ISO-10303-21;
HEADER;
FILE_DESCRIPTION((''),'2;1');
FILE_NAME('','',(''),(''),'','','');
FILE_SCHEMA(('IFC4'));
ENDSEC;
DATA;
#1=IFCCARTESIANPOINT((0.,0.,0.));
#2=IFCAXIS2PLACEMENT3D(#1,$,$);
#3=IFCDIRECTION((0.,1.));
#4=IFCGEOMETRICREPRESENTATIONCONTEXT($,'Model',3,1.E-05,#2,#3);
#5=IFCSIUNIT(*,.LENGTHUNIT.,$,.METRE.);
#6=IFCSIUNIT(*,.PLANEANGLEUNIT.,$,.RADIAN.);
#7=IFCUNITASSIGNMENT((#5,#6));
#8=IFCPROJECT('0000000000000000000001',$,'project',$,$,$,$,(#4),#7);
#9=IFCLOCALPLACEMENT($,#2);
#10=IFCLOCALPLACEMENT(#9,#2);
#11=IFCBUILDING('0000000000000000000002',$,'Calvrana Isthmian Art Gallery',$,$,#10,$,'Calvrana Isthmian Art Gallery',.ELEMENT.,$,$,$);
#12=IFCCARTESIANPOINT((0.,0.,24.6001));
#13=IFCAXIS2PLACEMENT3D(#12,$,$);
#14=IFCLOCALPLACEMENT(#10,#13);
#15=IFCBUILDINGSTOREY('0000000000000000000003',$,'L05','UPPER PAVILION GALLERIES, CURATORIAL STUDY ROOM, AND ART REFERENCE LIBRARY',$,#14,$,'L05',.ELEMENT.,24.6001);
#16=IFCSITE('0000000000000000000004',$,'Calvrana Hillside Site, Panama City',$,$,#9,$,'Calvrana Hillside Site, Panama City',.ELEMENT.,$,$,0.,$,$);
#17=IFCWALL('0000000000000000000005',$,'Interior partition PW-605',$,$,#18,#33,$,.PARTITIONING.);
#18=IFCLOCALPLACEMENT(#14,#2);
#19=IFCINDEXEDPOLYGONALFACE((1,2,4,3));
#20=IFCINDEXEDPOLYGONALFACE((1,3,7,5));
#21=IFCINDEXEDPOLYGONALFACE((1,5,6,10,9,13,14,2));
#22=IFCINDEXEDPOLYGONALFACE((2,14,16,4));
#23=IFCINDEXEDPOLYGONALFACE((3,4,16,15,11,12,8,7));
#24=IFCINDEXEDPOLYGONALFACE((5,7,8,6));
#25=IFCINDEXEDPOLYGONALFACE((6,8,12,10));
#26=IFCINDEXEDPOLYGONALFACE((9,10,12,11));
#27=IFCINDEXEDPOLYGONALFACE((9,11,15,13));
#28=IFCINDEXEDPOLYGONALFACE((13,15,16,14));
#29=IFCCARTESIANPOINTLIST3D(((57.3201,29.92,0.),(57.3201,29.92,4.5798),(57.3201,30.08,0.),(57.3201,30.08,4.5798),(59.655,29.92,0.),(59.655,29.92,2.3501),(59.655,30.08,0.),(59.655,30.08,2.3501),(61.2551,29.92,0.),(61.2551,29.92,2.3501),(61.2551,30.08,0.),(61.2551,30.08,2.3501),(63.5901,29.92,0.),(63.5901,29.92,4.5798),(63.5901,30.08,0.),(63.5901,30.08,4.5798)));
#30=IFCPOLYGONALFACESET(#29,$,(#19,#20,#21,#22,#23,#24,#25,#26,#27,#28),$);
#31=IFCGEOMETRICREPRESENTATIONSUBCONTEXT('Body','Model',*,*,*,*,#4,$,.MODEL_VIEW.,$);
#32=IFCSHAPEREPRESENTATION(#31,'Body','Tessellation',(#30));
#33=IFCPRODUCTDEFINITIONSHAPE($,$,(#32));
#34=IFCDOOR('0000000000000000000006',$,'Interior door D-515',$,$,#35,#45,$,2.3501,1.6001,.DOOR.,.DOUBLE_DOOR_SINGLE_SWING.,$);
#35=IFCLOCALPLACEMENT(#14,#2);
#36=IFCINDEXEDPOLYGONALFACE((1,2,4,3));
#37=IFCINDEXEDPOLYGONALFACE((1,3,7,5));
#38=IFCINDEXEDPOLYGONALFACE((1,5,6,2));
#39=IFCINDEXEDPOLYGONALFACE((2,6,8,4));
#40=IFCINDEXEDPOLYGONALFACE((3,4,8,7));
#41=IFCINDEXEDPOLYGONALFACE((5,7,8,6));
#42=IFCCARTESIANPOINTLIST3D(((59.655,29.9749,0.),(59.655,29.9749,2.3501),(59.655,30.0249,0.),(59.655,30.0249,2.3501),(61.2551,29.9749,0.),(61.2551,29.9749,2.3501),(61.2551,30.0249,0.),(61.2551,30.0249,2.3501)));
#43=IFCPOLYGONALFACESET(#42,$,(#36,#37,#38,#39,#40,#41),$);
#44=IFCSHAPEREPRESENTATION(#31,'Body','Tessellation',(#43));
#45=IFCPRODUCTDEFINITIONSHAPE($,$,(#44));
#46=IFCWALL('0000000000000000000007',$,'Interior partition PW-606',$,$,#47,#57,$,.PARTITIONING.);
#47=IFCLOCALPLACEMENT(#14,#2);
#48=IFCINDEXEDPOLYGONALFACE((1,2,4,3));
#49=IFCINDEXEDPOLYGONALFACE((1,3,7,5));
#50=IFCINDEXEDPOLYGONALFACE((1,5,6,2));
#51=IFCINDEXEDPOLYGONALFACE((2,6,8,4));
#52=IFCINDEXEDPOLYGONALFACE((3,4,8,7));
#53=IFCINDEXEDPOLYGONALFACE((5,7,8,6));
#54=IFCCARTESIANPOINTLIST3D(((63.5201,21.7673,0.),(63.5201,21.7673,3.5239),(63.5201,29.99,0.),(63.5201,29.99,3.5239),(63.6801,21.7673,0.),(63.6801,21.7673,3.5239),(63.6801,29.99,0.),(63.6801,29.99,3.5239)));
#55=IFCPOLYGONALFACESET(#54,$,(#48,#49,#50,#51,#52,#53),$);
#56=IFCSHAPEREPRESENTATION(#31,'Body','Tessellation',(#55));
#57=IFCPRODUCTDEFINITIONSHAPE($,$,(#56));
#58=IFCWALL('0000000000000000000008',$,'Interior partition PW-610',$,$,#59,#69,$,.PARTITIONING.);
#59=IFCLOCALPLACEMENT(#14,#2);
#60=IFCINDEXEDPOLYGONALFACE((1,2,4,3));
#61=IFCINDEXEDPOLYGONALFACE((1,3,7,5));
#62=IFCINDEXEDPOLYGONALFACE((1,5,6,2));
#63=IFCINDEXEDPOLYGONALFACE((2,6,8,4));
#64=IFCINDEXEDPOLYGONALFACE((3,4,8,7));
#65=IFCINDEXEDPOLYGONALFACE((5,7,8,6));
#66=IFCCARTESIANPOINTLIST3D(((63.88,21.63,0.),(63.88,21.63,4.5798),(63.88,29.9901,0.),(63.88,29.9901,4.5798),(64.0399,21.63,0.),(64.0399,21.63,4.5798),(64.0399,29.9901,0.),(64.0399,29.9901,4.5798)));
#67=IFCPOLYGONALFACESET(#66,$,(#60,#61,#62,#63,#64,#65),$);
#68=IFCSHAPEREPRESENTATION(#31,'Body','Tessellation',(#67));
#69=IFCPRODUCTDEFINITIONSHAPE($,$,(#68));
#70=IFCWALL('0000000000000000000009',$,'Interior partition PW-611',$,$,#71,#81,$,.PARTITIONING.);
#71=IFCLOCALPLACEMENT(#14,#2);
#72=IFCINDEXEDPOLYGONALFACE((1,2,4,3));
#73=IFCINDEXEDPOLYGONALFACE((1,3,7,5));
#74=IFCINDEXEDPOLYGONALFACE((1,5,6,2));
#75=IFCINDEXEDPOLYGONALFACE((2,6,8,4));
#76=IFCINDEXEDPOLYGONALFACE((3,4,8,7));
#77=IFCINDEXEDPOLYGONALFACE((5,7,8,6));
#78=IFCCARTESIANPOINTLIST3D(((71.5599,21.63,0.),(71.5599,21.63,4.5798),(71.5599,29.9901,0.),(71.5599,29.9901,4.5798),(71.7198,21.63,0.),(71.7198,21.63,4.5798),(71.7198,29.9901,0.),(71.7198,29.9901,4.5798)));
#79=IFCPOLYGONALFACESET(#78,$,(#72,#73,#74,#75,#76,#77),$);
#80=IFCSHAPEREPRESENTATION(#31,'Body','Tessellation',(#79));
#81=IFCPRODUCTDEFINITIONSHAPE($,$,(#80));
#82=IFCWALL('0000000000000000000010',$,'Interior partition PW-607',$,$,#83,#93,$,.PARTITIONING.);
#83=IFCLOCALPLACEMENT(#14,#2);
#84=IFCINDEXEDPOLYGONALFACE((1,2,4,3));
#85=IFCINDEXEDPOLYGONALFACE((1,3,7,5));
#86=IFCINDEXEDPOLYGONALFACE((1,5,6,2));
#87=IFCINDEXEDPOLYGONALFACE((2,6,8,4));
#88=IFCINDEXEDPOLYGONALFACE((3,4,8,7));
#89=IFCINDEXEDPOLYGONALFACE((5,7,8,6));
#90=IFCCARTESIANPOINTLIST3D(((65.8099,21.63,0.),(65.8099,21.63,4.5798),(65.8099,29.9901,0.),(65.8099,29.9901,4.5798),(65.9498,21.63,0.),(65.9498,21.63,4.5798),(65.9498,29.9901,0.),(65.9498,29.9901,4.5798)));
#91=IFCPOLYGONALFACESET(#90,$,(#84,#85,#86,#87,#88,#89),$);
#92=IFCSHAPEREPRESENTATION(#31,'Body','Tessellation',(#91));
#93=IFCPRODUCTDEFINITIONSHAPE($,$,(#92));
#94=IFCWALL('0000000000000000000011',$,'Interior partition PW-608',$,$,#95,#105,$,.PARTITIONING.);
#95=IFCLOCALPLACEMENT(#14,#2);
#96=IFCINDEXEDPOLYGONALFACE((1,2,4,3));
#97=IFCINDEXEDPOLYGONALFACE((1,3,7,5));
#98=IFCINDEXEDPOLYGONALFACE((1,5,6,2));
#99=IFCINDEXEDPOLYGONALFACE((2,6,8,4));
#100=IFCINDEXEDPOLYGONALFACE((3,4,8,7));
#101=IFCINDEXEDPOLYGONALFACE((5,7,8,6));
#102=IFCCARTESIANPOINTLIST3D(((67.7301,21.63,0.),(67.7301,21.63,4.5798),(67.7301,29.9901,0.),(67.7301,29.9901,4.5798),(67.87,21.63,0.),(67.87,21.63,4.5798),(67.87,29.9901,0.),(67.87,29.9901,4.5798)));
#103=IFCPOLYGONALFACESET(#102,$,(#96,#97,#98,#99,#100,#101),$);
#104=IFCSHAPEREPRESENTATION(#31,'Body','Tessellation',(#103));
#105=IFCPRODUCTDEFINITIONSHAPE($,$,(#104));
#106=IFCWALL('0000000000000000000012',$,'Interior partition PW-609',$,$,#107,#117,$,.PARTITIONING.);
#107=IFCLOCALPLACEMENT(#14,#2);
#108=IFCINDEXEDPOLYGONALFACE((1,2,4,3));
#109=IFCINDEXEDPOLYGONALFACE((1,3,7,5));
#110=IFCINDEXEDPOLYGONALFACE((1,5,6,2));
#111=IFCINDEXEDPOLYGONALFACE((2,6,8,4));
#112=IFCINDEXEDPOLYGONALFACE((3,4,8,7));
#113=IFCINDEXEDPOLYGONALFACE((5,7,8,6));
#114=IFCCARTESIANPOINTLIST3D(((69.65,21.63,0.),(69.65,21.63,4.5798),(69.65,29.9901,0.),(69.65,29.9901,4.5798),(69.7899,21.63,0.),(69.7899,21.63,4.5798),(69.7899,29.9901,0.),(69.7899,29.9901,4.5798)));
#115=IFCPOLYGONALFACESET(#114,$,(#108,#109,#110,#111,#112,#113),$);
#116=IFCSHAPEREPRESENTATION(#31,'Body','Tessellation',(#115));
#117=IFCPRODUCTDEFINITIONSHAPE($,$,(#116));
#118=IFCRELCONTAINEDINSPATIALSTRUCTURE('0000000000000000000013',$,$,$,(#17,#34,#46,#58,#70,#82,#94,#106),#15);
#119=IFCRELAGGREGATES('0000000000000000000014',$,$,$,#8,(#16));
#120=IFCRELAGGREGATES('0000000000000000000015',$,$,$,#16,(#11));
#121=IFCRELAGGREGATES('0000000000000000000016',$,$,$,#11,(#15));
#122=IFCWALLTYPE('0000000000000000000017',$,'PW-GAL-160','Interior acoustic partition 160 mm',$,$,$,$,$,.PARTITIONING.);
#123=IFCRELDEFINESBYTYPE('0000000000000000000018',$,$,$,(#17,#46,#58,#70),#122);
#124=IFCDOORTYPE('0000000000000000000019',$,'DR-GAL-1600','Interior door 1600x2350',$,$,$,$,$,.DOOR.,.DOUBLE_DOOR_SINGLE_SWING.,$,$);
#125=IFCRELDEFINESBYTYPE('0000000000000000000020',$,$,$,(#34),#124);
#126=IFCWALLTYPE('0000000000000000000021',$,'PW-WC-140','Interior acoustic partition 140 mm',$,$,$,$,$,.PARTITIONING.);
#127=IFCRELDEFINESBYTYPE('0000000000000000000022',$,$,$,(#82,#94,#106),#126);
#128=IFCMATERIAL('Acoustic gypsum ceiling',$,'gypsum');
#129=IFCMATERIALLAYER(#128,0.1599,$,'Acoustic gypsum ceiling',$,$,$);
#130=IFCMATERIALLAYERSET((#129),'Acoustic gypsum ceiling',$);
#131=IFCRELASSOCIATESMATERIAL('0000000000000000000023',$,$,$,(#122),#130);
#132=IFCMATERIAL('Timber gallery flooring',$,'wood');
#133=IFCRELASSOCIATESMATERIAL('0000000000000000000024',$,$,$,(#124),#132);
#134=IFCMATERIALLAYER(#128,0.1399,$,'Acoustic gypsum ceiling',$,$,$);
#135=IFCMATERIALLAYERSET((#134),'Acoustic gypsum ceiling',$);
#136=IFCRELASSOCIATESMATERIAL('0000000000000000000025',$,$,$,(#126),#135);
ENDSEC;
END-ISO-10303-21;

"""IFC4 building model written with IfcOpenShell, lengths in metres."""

from ifc_helpers import new_model, si_unit, direction, frame, frame_2d, origin, place, context, subcontext, project, spatial, rectangle, extrude, material, layer, layer_set, type_object, element, fill, save


model = new_model("IFC4")

# Units and contexts
model_context = context("Model", 3, precision=1e-05, world=origin(), true_north=direction((0.0, 1.0)))
body_context = subcontext(model_context, "Body", "Model", "MODEL_VIEW")
ifc_project = project(units=[si_unit("LENGTHUNIT", "METRE"), si_unit("PLANEANGLEUNIT", "RADIAN")], contexts=[model_context])

# Site, building, storey
site_placement = place(None, origin())
site = spatial("IfcSite", under=ifc_project, at=site_placement, Name="Calvrana Hillside Site, Panama City", LongName="Calvrana Hillside Site, Panama City", CompositionType="ELEMENT", RefElevation=0.0)
building_placement = place(site_placement, origin())
building = spatial("IfcBuilding", under=site, at=building_placement, Name="Calvrana Isthmian Art Gallery", LongName="Calvrana Isthmian Art Gallery", CompositionType="ELEMENT")
storey_placement = place(building_placement, frame((0.0, 0.0, 24.6001)))
storey = spatial("IfcBuildingStorey", under=building, at=storey_placement, Name="L05", Description="UPPER PAVILION GALLERIES, CURATORIAL STUDY ROOM, AND ART REFERENCE LIBRARY", LongName="L05", CompositionType="ELEMENT", Elevation=24.6001)

# Shared definitions
ifc_material_1 = material(Name="Acoustic gypsum ceiling", Category="gypsum")
ifc_material_2 = material(Name="Timber gallery flooring", Category="wood")

# Wall, opening, door
ifc_layer_1 = layer(ifc_material_1, 0.1599, Name="Acoustic gypsum ceiling")
ifc_layer_set_1 = layer_set([ifc_layer_1], Name="Acoustic gypsum ceiling")
wall_type_1 = type_object("IfcWallType", Name="PW-GAL-160", Description="Interior acoustic partition 160 mm", PredefinedType="PARTITIONING", material=ifc_layer_set_1)
wall_1_placement = place(storey_placement, frame((57.3201, 30.0, 0.0), z_axis=(0.0, 0.0, 1.0), x_axis=(1.0, 0.0, 0.0)))
wall_1 = element("IfcWall", 1, at=wall_1_placement, inside=storey, type_object=wall_type_1, Name="Interior partition PW-605", PredefinedType="PARTITIONING", context=body_context, shape_type="SweptSolid", body=[
    extrude(rectangle(XDim=6.27, YDim=0.1599, at=frame_2d((3.135, 0.0))), origin(), (0.0, 0.0, 1.0), 4.5798),
])
opening_1_placement = place(wall_1_placement, frame((2.335, 0.0, 0.0)))
opening_1 = element("IfcOpeningElement", 2, at=opening_1_placement, cuts=wall_1, PredefinedType="OPENING", context=body_context, shape_type="SweptSolid", body=[
    extrude(rectangle(XDim=1.6001, YDim=2.3501, at=frame_2d((0.8, 1.175))), frame((0.0, 0.0903, 0.0), z_axis=(0.0, -1.0, 0.0), x_axis=(1.0, 0.0, 0.0)), (0.0, 0.0, 1.0), 0.1804),
])
door_type_1 = type_object("IfcDoorType", Name="DR-GAL-1600", Description="Interior door 1600x2350", OperationType="DOUBLE_DOOR_SINGLE_SWING", PredefinedType="DOOR", material=ifc_material_2)
door_1_placement = place(opening_1_placement, origin())
door_1 = element("IfcDoor", 3, at=door_1_placement, inside=storey, type_object=door_type_1, Name="Interior door D-515", OperationType="DOUBLE_DOOR_SINGLE_SWING", OverallHeight=2.3501, OverallWidth=1.6001, PredefinedType="DOOR", context=body_context, shape_type="SweptSolid", body=[
    extrude(rectangle(XDim=1.6001, YDim=2.3501, at=frame_2d((0.8, 1.175))), frame((0.0, 0.0249, 0.0), z_axis=(0.0, -1.0, 0.0), x_axis=(1.0, 0.0, 0.0)), (0.0, 0.0, 1.0), 0.05),
])
fill(opening_1, door_1)

# Walls
wall_2_placement = place(storey_placement, frame((63.6001, 21.7673, 0.0), z_axis=(0.0, 0.0, 1.0), x_axis=(0.0, 1.0, 0.0)))
element("IfcWall", 4, at=wall_2_placement, inside=storey, type_object=wall_type_1, Name="Interior partition PW-606", PredefinedType="PARTITIONING", context=body_context, shape_type="SweptSolid", body=[
    extrude(rectangle(XDim=8.2227, YDim=0.1599, at=frame_2d((4.1113, 0.0))), origin(), (0.0, 0.0, 1.0), 3.5239),
])
for number, where, z_axis, x_axis, name in (
    (5, (63.96, 21.6299, 0.0), (0.0, 0.0, 1.0), (0.0, 1.0, 0.0), "Interior partition PW-610"),
    (6, (71.6399, 21.6299, 0.0), (0.0, 0.0, 1.0), (0.0, 1.0, 0.0), "Interior partition PW-611"),
):
    element("IfcWall", number, at=place(storey_placement, frame(where, z_axis=z_axis, x_axis=x_axis)), inside=storey, type_object=wall_type_1, Name=name, PredefinedType="PARTITIONING", context=body_context, shape_type="SweptSolid", body=[
        extrude(rectangle(XDim=8.3601, YDim=0.1599, at=frame_2d((4.1802, 0.0))), origin(), (0.0, 0.0, 1.0), 4.5798),
    ])
ifc_layer_2 = layer(ifc_material_1, 0.1399, Name="Acoustic gypsum ceiling")
ifc_layer_set_2 = layer_set([ifc_layer_2], Name="Acoustic gypsum ceiling")
wall_type_2 = type_object("IfcWallType", Name="PW-WC-140", Description="Interior acoustic partition 140 mm", PredefinedType="PARTITIONING", material=ifc_layer_set_2)
for number, where, z_axis, x_axis, name in (
    (7, (65.8799, 21.6299, 0.0), (0.0, 0.0, 1.0), (0.0, 1.0, 0.0), "Interior partition PW-607"),
    (8, (67.8, 21.6299, 0.0), (0.0, 0.0, 1.0), (0.0, 1.0, 0.0), "Interior partition PW-608"),
    (9, (69.72, 21.6299, 0.0), (0.0, 0.0, 1.0), (0.0, 1.0, 0.0), "Interior partition PW-609"),
):
    element("IfcWall", number, at=place(storey_placement, frame(where, z_axis=z_axis, x_axis=x_axis)), inside=storey, type_object=wall_type_2, Name=name, PredefinedType="PARTITIONING", context=body_context, shape_type="SweptSolid", body=[
        extrude(rectangle(XDim=8.3601, YDim=0.1399, at=frame_2d((4.1802, 0.0))), origin(), (0.0, 0.0, 1.0), 4.5798),
    ])

save(model, "model.ifc")
